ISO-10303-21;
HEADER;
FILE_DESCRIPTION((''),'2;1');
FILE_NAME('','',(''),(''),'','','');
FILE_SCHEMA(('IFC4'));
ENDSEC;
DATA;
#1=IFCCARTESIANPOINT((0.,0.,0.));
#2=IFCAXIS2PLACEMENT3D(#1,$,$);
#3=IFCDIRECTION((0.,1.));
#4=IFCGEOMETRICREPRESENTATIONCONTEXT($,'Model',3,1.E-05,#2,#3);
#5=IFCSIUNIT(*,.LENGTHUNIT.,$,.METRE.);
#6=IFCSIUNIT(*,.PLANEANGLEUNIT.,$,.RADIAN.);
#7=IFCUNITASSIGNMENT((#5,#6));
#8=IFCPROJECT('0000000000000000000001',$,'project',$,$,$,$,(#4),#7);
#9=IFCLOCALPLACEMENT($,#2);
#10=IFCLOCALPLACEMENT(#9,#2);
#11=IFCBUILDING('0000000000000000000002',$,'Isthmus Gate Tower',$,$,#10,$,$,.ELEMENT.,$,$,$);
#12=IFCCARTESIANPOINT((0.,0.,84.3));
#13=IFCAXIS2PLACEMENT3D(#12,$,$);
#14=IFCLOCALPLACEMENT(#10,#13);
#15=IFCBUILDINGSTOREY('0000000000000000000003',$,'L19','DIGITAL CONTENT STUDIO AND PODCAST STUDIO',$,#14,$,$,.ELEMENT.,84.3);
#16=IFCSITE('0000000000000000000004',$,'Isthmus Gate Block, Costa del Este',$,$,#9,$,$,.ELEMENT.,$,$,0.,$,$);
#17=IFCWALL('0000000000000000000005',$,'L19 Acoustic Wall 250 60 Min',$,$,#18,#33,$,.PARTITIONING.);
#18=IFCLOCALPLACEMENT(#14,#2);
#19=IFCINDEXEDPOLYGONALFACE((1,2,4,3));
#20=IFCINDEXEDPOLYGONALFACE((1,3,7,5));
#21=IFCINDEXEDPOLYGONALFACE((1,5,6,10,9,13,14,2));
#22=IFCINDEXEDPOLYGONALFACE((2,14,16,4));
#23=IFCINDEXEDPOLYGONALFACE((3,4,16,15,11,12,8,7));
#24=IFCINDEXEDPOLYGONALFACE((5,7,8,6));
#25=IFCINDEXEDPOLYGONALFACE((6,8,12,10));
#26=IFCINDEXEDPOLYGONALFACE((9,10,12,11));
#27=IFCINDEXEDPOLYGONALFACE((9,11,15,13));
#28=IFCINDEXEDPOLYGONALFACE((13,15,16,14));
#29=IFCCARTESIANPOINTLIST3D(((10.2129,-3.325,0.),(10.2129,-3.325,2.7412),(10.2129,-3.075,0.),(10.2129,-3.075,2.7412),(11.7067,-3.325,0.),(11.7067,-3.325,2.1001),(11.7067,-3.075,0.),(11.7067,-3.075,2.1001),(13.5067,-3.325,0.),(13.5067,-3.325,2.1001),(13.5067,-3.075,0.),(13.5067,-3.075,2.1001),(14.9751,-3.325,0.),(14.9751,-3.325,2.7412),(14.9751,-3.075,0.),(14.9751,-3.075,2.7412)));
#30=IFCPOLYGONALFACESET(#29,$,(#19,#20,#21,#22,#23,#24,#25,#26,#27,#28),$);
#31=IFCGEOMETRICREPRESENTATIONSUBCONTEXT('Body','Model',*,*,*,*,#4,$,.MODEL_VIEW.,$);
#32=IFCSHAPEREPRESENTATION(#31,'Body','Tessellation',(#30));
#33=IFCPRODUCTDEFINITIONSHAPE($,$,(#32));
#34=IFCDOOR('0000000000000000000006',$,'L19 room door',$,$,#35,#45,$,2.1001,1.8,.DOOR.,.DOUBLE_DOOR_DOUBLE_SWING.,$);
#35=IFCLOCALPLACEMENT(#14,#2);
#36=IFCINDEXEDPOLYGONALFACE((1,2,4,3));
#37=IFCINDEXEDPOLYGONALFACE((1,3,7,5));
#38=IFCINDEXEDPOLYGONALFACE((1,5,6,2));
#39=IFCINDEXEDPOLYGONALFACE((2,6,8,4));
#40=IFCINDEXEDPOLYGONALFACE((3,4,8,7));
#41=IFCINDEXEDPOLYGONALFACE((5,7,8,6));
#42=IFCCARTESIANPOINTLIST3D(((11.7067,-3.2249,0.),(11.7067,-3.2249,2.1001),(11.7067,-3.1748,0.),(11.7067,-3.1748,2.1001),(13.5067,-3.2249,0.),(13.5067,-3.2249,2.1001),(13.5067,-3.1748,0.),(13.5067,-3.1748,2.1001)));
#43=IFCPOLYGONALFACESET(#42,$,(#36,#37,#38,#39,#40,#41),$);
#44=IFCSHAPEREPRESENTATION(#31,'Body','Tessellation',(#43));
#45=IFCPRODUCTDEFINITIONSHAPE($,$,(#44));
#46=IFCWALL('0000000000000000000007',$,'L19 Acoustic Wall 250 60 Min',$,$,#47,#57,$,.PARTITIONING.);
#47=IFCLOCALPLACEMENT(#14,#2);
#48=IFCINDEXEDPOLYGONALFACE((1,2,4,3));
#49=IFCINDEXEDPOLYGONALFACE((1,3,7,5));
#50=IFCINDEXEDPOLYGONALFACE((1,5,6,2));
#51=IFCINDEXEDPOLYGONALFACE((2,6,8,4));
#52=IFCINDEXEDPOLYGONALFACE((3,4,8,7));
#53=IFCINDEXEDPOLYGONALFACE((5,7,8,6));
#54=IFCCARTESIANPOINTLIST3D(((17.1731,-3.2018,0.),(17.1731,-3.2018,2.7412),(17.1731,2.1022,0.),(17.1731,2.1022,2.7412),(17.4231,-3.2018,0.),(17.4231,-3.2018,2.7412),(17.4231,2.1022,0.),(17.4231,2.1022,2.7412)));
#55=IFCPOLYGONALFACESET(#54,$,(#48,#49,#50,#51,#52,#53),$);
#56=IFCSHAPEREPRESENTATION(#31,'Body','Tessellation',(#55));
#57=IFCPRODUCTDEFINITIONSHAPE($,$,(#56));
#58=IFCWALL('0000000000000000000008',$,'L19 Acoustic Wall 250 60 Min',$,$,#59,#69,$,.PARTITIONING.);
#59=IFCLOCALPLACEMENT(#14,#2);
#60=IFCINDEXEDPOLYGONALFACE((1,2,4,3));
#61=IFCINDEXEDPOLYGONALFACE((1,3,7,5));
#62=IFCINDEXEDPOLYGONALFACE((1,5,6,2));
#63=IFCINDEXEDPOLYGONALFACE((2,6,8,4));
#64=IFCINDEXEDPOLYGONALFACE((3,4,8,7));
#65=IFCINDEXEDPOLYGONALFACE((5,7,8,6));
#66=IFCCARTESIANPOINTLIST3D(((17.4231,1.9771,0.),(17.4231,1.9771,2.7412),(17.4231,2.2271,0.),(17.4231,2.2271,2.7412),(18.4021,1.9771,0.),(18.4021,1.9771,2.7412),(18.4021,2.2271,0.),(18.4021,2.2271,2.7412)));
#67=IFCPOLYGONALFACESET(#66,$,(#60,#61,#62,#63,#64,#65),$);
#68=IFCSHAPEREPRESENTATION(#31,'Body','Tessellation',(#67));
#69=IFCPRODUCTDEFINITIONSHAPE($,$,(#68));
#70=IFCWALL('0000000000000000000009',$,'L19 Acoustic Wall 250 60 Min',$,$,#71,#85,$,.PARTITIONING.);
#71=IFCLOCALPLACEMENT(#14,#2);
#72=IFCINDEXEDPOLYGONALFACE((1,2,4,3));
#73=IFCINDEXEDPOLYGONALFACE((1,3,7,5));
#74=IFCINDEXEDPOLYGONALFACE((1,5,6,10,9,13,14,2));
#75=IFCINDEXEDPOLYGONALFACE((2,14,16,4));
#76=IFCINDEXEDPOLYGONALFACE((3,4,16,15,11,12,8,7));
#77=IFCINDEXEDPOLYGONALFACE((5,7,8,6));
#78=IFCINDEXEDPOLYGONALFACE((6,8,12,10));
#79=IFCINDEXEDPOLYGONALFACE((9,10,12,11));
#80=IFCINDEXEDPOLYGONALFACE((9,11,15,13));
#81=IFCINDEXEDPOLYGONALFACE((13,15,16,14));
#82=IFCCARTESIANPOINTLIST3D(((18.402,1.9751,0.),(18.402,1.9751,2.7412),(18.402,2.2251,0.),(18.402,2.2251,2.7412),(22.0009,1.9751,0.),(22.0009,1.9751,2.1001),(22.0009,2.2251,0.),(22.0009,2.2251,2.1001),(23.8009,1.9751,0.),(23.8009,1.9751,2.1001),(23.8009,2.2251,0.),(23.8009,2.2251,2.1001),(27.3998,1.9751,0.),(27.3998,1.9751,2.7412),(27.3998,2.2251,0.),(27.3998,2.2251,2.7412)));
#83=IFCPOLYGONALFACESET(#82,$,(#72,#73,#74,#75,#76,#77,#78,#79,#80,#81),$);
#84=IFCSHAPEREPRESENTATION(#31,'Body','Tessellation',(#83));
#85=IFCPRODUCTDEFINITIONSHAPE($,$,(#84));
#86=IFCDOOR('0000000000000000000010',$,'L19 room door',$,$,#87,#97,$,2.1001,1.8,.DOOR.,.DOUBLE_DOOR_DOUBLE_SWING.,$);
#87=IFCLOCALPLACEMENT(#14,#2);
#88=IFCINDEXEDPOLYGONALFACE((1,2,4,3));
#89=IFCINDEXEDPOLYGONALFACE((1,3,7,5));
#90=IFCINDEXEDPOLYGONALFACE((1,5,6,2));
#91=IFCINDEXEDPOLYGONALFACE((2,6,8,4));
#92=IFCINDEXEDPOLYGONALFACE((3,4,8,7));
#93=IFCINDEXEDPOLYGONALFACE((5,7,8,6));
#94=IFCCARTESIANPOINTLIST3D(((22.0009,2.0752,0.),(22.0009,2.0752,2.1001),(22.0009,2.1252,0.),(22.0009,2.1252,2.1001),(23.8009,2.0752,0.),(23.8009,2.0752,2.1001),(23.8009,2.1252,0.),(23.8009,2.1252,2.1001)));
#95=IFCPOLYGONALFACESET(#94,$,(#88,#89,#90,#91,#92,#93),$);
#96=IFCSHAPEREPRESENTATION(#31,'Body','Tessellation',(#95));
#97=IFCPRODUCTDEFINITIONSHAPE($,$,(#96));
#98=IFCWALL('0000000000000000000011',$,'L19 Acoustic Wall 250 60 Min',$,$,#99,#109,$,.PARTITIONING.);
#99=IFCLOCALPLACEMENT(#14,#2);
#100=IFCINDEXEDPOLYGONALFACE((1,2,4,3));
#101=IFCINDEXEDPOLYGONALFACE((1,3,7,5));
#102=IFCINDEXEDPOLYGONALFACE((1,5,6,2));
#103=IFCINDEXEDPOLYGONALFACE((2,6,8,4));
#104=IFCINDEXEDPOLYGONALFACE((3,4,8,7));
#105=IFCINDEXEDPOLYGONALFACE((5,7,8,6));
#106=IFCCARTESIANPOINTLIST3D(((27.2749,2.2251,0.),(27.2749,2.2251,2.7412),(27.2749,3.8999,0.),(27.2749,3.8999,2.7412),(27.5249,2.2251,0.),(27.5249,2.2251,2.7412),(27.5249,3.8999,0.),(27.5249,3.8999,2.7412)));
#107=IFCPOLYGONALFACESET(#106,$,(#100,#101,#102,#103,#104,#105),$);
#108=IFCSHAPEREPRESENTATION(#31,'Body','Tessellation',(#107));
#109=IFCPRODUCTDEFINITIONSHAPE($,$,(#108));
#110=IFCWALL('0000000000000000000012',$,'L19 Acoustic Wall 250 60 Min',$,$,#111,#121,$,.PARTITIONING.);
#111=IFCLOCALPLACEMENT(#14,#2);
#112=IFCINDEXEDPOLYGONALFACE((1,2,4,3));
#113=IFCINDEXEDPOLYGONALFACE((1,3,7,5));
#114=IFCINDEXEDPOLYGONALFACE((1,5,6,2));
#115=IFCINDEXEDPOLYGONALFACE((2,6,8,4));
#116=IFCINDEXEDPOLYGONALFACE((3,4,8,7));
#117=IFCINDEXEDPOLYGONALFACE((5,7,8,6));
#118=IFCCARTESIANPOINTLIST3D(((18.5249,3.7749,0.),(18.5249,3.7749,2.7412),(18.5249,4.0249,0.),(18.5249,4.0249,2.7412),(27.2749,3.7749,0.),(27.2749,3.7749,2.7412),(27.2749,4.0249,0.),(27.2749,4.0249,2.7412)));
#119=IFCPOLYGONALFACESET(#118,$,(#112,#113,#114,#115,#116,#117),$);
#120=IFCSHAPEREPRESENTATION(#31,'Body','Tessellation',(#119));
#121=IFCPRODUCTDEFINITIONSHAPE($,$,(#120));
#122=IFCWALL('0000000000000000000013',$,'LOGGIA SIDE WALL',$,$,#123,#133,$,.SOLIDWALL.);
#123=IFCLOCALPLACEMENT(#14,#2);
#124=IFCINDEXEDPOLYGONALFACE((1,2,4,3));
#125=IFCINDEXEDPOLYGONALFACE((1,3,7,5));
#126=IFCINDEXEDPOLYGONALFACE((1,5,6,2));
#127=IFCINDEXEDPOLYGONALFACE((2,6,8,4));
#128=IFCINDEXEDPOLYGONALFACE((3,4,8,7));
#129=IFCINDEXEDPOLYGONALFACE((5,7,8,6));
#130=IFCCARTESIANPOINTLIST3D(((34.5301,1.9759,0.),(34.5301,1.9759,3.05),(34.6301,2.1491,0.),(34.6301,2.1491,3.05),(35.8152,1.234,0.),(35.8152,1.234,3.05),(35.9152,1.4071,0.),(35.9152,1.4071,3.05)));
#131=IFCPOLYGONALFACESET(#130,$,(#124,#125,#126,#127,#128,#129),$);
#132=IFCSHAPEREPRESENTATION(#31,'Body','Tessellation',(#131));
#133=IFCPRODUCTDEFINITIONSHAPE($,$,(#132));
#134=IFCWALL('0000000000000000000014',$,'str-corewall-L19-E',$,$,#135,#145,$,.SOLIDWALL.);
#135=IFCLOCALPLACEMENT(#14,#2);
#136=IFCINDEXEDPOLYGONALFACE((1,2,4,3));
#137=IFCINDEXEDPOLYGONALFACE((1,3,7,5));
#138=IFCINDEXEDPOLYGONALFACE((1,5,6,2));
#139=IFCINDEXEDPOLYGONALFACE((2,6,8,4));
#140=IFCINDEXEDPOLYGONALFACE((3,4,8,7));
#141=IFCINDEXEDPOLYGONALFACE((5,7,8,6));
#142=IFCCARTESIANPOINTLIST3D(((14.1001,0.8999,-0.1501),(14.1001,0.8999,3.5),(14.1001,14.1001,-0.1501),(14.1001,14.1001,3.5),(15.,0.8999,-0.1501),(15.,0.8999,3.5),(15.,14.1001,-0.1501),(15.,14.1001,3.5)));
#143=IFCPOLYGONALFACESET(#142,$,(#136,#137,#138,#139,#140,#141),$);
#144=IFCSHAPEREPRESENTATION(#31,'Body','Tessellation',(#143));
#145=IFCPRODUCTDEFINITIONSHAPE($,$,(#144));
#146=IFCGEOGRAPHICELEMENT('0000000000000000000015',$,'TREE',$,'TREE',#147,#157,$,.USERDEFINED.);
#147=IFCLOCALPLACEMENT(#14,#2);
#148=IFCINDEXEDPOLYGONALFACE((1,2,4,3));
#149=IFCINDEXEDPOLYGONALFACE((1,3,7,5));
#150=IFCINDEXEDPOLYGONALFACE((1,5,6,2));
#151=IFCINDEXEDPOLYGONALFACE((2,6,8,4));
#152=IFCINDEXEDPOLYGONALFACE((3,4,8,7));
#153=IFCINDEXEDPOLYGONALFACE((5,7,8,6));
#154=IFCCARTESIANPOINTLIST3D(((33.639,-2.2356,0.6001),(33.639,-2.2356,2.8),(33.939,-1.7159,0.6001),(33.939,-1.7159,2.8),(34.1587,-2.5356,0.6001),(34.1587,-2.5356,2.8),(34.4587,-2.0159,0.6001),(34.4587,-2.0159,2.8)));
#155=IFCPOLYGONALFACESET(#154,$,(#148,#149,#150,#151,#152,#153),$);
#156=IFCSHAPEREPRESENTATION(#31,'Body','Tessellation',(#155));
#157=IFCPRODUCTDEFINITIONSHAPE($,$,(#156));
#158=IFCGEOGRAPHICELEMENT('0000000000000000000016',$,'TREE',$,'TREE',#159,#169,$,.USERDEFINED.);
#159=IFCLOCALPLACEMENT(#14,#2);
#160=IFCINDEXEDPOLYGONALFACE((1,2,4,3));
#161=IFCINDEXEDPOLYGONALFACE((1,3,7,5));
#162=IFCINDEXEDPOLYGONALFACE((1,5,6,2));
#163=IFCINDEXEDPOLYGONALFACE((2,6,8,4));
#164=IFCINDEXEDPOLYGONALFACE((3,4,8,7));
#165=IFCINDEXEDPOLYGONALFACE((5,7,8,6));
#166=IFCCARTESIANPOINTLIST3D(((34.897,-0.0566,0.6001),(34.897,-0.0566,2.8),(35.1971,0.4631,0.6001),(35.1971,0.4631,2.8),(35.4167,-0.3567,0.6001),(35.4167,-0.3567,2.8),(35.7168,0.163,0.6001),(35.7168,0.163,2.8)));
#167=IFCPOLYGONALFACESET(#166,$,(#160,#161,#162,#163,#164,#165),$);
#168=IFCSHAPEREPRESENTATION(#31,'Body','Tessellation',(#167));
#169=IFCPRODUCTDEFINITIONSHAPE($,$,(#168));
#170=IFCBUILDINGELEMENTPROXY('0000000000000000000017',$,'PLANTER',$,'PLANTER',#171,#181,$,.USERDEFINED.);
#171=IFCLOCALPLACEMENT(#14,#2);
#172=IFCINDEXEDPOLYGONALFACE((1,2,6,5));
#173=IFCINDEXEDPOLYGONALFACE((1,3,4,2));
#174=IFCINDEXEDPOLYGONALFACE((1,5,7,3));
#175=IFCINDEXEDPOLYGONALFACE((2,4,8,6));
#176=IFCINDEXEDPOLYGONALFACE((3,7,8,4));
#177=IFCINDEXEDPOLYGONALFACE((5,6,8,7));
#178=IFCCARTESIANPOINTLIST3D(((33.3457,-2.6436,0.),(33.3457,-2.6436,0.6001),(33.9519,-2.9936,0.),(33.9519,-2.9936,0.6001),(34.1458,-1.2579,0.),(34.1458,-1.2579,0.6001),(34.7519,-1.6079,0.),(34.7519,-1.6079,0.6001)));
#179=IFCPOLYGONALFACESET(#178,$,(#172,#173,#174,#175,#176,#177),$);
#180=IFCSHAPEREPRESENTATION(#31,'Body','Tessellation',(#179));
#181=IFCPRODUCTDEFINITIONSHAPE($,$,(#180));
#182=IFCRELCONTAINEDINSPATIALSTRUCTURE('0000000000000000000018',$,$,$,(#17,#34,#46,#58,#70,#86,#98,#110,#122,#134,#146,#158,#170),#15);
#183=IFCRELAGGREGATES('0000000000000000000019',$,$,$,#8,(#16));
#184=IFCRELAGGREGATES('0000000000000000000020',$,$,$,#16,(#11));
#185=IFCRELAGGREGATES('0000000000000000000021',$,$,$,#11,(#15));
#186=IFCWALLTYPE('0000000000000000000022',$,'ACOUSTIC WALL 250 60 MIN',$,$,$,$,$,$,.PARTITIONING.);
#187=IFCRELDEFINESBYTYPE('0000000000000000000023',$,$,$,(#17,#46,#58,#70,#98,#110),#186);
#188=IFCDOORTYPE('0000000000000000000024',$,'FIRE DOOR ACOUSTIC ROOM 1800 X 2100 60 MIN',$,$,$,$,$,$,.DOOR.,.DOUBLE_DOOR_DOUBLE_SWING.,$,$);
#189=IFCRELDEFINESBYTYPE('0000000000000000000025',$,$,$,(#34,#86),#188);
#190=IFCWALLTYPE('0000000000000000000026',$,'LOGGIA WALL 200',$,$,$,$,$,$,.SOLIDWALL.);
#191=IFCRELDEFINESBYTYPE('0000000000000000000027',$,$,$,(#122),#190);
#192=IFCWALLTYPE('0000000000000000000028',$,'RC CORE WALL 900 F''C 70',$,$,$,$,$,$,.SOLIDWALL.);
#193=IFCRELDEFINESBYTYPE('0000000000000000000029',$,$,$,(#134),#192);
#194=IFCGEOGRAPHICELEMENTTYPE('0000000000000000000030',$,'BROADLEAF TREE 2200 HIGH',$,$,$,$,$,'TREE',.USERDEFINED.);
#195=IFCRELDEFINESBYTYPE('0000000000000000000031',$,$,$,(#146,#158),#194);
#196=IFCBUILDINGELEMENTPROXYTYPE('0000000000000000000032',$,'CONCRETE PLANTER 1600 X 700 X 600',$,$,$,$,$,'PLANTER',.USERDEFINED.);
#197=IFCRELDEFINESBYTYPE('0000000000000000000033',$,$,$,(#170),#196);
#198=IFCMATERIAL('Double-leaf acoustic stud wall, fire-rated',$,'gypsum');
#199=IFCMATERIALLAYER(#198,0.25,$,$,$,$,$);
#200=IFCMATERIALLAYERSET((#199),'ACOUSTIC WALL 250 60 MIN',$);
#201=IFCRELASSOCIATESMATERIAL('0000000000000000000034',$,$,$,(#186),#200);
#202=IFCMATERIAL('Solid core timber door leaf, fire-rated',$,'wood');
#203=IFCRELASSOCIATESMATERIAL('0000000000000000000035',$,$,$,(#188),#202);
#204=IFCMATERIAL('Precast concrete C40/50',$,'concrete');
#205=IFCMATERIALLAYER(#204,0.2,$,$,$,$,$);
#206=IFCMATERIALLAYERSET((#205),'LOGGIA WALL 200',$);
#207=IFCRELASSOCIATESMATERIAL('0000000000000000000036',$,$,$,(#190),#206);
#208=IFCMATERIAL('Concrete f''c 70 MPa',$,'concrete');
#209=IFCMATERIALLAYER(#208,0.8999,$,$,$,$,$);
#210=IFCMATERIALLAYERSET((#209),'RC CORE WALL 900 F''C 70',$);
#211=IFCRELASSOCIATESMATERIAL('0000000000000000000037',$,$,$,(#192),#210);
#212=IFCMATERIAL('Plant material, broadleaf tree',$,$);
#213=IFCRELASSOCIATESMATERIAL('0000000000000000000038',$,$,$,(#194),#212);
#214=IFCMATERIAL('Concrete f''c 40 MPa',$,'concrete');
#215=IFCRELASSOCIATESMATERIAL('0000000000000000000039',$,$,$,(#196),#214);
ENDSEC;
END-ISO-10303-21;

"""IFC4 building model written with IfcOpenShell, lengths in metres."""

from ifc_helpers import new_model, si_unit, direction, frame, frame_2d, origin, origin_2d, place, context, subcontext, project, spatial, rectangle, extrude, material, layer, layer_set, type_object, element, fill, save


model = new_model("IFC4")

# Units and contexts
model_context = context("Model", 3, precision=1e-05, world=origin(), true_north=direction((0.0, 1.0)))
body_context = subcontext(model_context, "Body", "Model", "MODEL_VIEW")
ifc_project = project(units=[si_unit("LENGTHUNIT", "METRE"), si_unit("PLANEANGLEUNIT", "RADIAN")], contexts=[model_context])

# Site, building, storey
site_placement = place(None, origin())
site = spatial("IfcSite", under=ifc_project, at=site_placement, Name="Isthmus Gate Block, Costa del Este", CompositionType="ELEMENT", RefElevation=0.0)
building_placement = place(site_placement, origin())
building = spatial("IfcBuilding", under=site, at=building_placement, Name="Isthmus Gate Tower", CompositionType="ELEMENT")
storey_placement = place(building_placement, frame((0.0, 0.0, 84.3)))
storey = spatial("IfcBuildingStorey", under=building, at=storey_placement, Name="L19", Description="DIGITAL CONTENT STUDIO AND PODCAST STUDIO", CompositionType="ELEMENT", Elevation=84.3)

# Wall, opening, door
ifc_material_1 = material(Name="Double-leaf acoustic stud wall, fire-rated", Category="gypsum")
ifc_layer_1 = layer(ifc_material_1, 0.25)
ifc_layer_set_1 = layer_set([ifc_layer_1], Name="ACOUSTIC WALL 250 60 MIN")
wall_type_1 = type_object("IfcWallType", Name="ACOUSTIC WALL 250 60 MIN", PredefinedType="PARTITIONING", material=ifc_layer_set_1)
wall_1_placement = place(storey_placement, frame((14.9751, -3.2, 0.0), z_axis=(0.0, 0.0, 1.0), x_axis=(-1.0, 0.0, 0.0)))
wall_1 = element("IfcWall", 1, at=wall_1_placement, inside=storey, type_object=wall_type_1, Name="L19 Acoustic Wall 250 60 Min", PredefinedType="PARTITIONING", context=body_context, shape_type="SweptSolid", body=[
    extrude(rectangle(XDim=4.7622, YDim=0.25, at=frame_2d((2.3811, 0.0))), origin(), (0.0, 0.0, 1.0), 2.7412),
])
opening_1_placement = place(wall_1_placement, frame((1.4685, 0.0, 0.0)))
opening_1 = element("IfcOpeningElement", 2, at=opening_1_placement, cuts=wall_1, PredefinedType="OPENING", context=body_context, shape_type="SweptSolid", body=[
    extrude(rectangle(XDim=1.8, YDim=2.1001, at=frame_2d((0.8999, 1.05))), frame((0.0, 0.135, 0.0), z_axis=(0.0, -1.0, 0.0), x_axis=(1.0, 0.0, 0.0)), (0.0, 0.0, 1.0), 0.27),
])
ifc_material_2 = material(Name="Solid core timber door leaf, fire-rated", Category="wood")
door_type_1 = type_object("IfcDoorType", Name="FIRE DOOR ACOUSTIC ROOM 1800 X 2100 60 MIN", OperationType="DOUBLE_DOOR_DOUBLE_SWING", PredefinedType="DOOR", material=ifc_material_2)
door_1_placement = place(opening_1_placement, origin())
door_1 = element("IfcDoor", 3, at=door_1_placement, inside=storey, type_object=door_type_1, Name="L19 room door", OperationType="DOUBLE_DOOR_DOUBLE_SWING", OverallHeight=2.1001, OverallWidth=1.8, PredefinedType="DOOR", context=body_context, shape_type="SweptSolid", body=[
    extrude(rectangle(XDim=1.8, YDim=2.1001, at=frame_2d((0.8999, 1.05))), frame((0.0, 0.0249, 0.0), z_axis=(0.0, -1.0, 0.0), x_axis=(1.0, 0.0, 0.0)), (0.0, 0.0, 1.0), 0.05),
])
fill(opening_1, door_1)

# Walls
wall_2_placement = place(storey_placement, frame((17.2981, 2.1021, 0.0), z_axis=(0.0, 0.0, 1.0), x_axis=(0.0, -1.0, 0.0)))
element("IfcWall", 4, at=wall_2_placement, inside=storey, type_object=wall_type_1, Name="L19 Acoustic Wall 250 60 Min", PredefinedType="PARTITIONING", context=body_context, shape_type="SweptSolid", body=[
    extrude(rectangle(XDim=5.304, YDim=0.25, at=frame_2d((2.6519, 0.0))), origin(), (0.0, 0.0, 1.0), 2.7412),
])
wall_3_placement = place(storey_placement, frame((18.4021, 2.1021, 0.0), z_axis=(0.0, 0.0, 1.0), x_axis=(-1.0, 0.0, 0.0)))
element("IfcWall", 5, at=wall_3_placement, inside=storey, type_object=wall_type_1, Name="L19 Acoustic Wall 250 60 Min", PredefinedType="PARTITIONING", context=body_context, shape_type="SweptSolid", body=[
    extrude(rectangle(XDim=0.979, YDim=0.25, at=frame_2d((0.4895, 0.0))), origin(), (0.0, 0.0, 1.0), 2.7412),
])

# Wall, opening, door
wall_4_placement = place(storey_placement, frame((27.3999, 2.1001, 0.0), z_axis=(0.0, 0.0, 1.0), x_axis=(-1.0, 0.0, 0.0)))
wall_4 = element("IfcWall", 6, at=wall_4_placement, inside=storey, type_object=wall_type_1, Name="L19 Acoustic Wall 250 60 Min", PredefinedType="PARTITIONING", context=body_context, shape_type="SweptSolid", body=[
    extrude(rectangle(XDim=8.9978, YDim=0.25, at=frame_2d((4.499, 0.0))), origin(), (0.0, 0.0, 1.0), 2.7412),
])
opening_2_placement = place(wall_4_placement, frame((3.5991, 0.0, 0.0)))
opening_2 = element("IfcOpeningElement", 7, at=opening_2_placement, cuts=wall_4, PredefinedType="OPENING", context=body_context, shape_type="SweptSolid", body=[
    extrude(rectangle(XDim=1.8, YDim=2.1001, at=frame_2d((0.8999, 1.05))), frame((0.0, 0.135, 0.0), z_axis=(0.0, -1.0, 0.0), x_axis=(1.0, 0.0, 0.0)), (0.0, 0.0, 1.0), 0.27),
])
door_2_placement = place(opening_2_placement, origin())
door_2 = element("IfcDoor", 8, at=door_2_placement, inside=storey, type_object=door_type_1, Name="L19 room door", OperationType="DOUBLE_DOOR_DOUBLE_SWING", OverallHeight=2.1001, OverallWidth=1.8, PredefinedType="DOOR", context=body_context, shape_type="SweptSolid", body=[
    extrude(rectangle(XDim=1.8, YDim=2.1001, at=frame_2d((0.8999, 1.05))), frame((0.0, 0.0249, 0.0), z_axis=(0.0, -1.0, 0.0), x_axis=(1.0, 0.0, 0.0)), (0.0, 0.0, 1.0), 0.05),
])
fill(opening_2, door_2)

# Walls
wall_5_placement = place(storey_placement, frame((27.3999, 3.8999, 0.0), z_axis=(0.0, 0.0, 1.0), x_axis=(0.0, -1.0, 0.0)))
element("IfcWall", 9, at=wall_5_placement, inside=storey, type_object=wall_type_1, Name="L19 Acoustic Wall 250 60 Min", PredefinedType="PARTITIONING", context=body_context, shape_type="SweptSolid", body=[
    extrude(rectangle(XDim=1.6748, YDim=0.25, at=frame_2d((0.8374, 0.0))), origin(), (0.0, 0.0, 1.0), 2.7412),
])
wall_6_placement = place(storey_placement, frame((18.5249, 3.8999, 0.0), z_axis=(0.0, 0.0, 1.0), x_axis=(1.0, 0.0, 0.0)))
element("IfcWall", 10, at=wall_6_placement, inside=storey, type_object=wall_type_1, Name="L19 Acoustic Wall 250 60 Min", PredefinedType="PARTITIONING", context=body_context, shape_type="SweptSolid", body=[
    extrude(rectangle(XDim=8.75, YDim=0.25, at=frame_2d((4.375, 0.0))), origin(), (0.0, 0.0, 1.0), 2.7412),
])

# Shared definitions
ifc_material_3 = material(Name="Precast concrete C40/50", Category="concrete")
ifc_layer_2 = layer(ifc_material_3, 0.2)
ifc_layer_set_2 = layer_set([ifc_layer_2], Name="LOGGIA WALL 200")
wall_type_2 = type_object("IfcWallType", Name="LOGGIA WALL 200", PredefinedType="SOLIDWALL", material=ifc_layer_set_2)

# Walls
wall_7_placement = place(storey_placement, frame((35.8652, 1.3206, 0.0), z_axis=(0.0, 0.0, 1.0), x_axis=(-0.866038, 0.499979, 0.0)))
element("IfcWall", 11, at=wall_7_placement, inside=storey, type_object=wall_type_2, Name="LOGGIA SIDE WALL", PredefinedType="SOLIDWALL", context=body_context, shape_type="SweptSolid", body=[
    extrude(rectangle(XDim=1.4839, YDim=0.2, at=frame_2d((0.7419, 0.0))), origin(), (0.0, 0.0, 1.0), 3.05),
])
ifc_material_4 = material(Name="Concrete f'c 70 MPa", Category="concrete")
ifc_layer_3 = layer(ifc_material_4, 0.8999)
ifc_layer_set_3 = layer_set([ifc_layer_3], Name="RC CORE WALL 900 F'C 70")
wall_type_3 = type_object("IfcWallType", Name="RC CORE WALL 900 F'C 70", PredefinedType="SOLIDWALL", material=ifc_layer_set_3)
wall_8_placement = place(storey_placement, frame((14.55, 0.8999, -0.1501), z_axis=(0.0, 0.0, 1.0), x_axis=(0.0, 1.0, 0.0)))
element("IfcWall", 12, at=wall_8_placement, inside=storey, type_object=wall_type_3, Name="str-corewall-L19-E", PredefinedType="SOLIDWALL", context=body_context, shape_type="SweptSolid", body=[
    extrude(rectangle(XDim=13.2002, YDim=0.8999, at=frame_2d((6.6001, 0.0))), origin(), (0.0, 0.0, 1.0), 3.6501),
])

# Geographic elements
ifc_material_5 = material(Name="Plant material, broadleaf tree")
geographic_element_type = type_object("IfcGeographicElementType", Name="BROADLEAF TREE 2200 HIGH", ElementType="TREE", PredefinedType="USERDEFINED", material=ifc_material_5)
for number, where, z_axis, x_axis, name in (
    (13, (34.0488, -2.1257, 0.6001), (0.0, 0.0, 1.0), (0.5, 0.866025, 0.0), "TREE"),
    (14, (35.3069, 0.0532, 0.6001), (0.0, 0.0, 1.0), (0.5, 0.866025, 0.0), "TREE"),
):
    element("IfcGeographicElement", number, at=place(storey_placement, frame(where, z_axis=z_axis, x_axis=x_axis)), inside=storey, type_object=geographic_element_type, Name=name, ObjectType="TREE", PredefinedType="USERDEFINED", context=body_context, shape_type="SweptSolid", body=[
        extrude(rectangle(XDim=0.6001, YDim=0.6001, at=origin_2d()), origin(), (0.0, 0.0, 1.0), 2.2),
    ])

# Building element proxy
ifc_material_6 = material(Name="Concrete f'c 40 MPa", Category="concrete")
building_element_proxy_type = type_object("IfcBuildingElementProxyType", Name="CONCRETE PLANTER 1600 X 700 X 600", ElementType="PLANTER", PredefinedType="USERDEFINED", material=ifc_material_6)
for number, where, z_axis, x_axis, name in (
    (15, (34.0488, -2.1257, 0.0), (0.0, 0.0, 1.0), (0.5, 0.866025, 0.0), "PLANTER"),
):
    element("IfcBuildingElementProxy", number, at=place(storey_placement, frame(where, z_axis=z_axis, x_axis=x_axis)), inside=storey, type_object=building_element_proxy_type, Name=name, ObjectType="PLANTER", PredefinedType="USERDEFINED", context=body_context, shape_type="SweptSolid", body=[
        extrude(rectangle(XDim=1.6001, YDim=0.7, at=origin_2d()), origin(), (0.0, 0.0, 1.0), 0.6001),
    ])

save(model, "model.ifc")
